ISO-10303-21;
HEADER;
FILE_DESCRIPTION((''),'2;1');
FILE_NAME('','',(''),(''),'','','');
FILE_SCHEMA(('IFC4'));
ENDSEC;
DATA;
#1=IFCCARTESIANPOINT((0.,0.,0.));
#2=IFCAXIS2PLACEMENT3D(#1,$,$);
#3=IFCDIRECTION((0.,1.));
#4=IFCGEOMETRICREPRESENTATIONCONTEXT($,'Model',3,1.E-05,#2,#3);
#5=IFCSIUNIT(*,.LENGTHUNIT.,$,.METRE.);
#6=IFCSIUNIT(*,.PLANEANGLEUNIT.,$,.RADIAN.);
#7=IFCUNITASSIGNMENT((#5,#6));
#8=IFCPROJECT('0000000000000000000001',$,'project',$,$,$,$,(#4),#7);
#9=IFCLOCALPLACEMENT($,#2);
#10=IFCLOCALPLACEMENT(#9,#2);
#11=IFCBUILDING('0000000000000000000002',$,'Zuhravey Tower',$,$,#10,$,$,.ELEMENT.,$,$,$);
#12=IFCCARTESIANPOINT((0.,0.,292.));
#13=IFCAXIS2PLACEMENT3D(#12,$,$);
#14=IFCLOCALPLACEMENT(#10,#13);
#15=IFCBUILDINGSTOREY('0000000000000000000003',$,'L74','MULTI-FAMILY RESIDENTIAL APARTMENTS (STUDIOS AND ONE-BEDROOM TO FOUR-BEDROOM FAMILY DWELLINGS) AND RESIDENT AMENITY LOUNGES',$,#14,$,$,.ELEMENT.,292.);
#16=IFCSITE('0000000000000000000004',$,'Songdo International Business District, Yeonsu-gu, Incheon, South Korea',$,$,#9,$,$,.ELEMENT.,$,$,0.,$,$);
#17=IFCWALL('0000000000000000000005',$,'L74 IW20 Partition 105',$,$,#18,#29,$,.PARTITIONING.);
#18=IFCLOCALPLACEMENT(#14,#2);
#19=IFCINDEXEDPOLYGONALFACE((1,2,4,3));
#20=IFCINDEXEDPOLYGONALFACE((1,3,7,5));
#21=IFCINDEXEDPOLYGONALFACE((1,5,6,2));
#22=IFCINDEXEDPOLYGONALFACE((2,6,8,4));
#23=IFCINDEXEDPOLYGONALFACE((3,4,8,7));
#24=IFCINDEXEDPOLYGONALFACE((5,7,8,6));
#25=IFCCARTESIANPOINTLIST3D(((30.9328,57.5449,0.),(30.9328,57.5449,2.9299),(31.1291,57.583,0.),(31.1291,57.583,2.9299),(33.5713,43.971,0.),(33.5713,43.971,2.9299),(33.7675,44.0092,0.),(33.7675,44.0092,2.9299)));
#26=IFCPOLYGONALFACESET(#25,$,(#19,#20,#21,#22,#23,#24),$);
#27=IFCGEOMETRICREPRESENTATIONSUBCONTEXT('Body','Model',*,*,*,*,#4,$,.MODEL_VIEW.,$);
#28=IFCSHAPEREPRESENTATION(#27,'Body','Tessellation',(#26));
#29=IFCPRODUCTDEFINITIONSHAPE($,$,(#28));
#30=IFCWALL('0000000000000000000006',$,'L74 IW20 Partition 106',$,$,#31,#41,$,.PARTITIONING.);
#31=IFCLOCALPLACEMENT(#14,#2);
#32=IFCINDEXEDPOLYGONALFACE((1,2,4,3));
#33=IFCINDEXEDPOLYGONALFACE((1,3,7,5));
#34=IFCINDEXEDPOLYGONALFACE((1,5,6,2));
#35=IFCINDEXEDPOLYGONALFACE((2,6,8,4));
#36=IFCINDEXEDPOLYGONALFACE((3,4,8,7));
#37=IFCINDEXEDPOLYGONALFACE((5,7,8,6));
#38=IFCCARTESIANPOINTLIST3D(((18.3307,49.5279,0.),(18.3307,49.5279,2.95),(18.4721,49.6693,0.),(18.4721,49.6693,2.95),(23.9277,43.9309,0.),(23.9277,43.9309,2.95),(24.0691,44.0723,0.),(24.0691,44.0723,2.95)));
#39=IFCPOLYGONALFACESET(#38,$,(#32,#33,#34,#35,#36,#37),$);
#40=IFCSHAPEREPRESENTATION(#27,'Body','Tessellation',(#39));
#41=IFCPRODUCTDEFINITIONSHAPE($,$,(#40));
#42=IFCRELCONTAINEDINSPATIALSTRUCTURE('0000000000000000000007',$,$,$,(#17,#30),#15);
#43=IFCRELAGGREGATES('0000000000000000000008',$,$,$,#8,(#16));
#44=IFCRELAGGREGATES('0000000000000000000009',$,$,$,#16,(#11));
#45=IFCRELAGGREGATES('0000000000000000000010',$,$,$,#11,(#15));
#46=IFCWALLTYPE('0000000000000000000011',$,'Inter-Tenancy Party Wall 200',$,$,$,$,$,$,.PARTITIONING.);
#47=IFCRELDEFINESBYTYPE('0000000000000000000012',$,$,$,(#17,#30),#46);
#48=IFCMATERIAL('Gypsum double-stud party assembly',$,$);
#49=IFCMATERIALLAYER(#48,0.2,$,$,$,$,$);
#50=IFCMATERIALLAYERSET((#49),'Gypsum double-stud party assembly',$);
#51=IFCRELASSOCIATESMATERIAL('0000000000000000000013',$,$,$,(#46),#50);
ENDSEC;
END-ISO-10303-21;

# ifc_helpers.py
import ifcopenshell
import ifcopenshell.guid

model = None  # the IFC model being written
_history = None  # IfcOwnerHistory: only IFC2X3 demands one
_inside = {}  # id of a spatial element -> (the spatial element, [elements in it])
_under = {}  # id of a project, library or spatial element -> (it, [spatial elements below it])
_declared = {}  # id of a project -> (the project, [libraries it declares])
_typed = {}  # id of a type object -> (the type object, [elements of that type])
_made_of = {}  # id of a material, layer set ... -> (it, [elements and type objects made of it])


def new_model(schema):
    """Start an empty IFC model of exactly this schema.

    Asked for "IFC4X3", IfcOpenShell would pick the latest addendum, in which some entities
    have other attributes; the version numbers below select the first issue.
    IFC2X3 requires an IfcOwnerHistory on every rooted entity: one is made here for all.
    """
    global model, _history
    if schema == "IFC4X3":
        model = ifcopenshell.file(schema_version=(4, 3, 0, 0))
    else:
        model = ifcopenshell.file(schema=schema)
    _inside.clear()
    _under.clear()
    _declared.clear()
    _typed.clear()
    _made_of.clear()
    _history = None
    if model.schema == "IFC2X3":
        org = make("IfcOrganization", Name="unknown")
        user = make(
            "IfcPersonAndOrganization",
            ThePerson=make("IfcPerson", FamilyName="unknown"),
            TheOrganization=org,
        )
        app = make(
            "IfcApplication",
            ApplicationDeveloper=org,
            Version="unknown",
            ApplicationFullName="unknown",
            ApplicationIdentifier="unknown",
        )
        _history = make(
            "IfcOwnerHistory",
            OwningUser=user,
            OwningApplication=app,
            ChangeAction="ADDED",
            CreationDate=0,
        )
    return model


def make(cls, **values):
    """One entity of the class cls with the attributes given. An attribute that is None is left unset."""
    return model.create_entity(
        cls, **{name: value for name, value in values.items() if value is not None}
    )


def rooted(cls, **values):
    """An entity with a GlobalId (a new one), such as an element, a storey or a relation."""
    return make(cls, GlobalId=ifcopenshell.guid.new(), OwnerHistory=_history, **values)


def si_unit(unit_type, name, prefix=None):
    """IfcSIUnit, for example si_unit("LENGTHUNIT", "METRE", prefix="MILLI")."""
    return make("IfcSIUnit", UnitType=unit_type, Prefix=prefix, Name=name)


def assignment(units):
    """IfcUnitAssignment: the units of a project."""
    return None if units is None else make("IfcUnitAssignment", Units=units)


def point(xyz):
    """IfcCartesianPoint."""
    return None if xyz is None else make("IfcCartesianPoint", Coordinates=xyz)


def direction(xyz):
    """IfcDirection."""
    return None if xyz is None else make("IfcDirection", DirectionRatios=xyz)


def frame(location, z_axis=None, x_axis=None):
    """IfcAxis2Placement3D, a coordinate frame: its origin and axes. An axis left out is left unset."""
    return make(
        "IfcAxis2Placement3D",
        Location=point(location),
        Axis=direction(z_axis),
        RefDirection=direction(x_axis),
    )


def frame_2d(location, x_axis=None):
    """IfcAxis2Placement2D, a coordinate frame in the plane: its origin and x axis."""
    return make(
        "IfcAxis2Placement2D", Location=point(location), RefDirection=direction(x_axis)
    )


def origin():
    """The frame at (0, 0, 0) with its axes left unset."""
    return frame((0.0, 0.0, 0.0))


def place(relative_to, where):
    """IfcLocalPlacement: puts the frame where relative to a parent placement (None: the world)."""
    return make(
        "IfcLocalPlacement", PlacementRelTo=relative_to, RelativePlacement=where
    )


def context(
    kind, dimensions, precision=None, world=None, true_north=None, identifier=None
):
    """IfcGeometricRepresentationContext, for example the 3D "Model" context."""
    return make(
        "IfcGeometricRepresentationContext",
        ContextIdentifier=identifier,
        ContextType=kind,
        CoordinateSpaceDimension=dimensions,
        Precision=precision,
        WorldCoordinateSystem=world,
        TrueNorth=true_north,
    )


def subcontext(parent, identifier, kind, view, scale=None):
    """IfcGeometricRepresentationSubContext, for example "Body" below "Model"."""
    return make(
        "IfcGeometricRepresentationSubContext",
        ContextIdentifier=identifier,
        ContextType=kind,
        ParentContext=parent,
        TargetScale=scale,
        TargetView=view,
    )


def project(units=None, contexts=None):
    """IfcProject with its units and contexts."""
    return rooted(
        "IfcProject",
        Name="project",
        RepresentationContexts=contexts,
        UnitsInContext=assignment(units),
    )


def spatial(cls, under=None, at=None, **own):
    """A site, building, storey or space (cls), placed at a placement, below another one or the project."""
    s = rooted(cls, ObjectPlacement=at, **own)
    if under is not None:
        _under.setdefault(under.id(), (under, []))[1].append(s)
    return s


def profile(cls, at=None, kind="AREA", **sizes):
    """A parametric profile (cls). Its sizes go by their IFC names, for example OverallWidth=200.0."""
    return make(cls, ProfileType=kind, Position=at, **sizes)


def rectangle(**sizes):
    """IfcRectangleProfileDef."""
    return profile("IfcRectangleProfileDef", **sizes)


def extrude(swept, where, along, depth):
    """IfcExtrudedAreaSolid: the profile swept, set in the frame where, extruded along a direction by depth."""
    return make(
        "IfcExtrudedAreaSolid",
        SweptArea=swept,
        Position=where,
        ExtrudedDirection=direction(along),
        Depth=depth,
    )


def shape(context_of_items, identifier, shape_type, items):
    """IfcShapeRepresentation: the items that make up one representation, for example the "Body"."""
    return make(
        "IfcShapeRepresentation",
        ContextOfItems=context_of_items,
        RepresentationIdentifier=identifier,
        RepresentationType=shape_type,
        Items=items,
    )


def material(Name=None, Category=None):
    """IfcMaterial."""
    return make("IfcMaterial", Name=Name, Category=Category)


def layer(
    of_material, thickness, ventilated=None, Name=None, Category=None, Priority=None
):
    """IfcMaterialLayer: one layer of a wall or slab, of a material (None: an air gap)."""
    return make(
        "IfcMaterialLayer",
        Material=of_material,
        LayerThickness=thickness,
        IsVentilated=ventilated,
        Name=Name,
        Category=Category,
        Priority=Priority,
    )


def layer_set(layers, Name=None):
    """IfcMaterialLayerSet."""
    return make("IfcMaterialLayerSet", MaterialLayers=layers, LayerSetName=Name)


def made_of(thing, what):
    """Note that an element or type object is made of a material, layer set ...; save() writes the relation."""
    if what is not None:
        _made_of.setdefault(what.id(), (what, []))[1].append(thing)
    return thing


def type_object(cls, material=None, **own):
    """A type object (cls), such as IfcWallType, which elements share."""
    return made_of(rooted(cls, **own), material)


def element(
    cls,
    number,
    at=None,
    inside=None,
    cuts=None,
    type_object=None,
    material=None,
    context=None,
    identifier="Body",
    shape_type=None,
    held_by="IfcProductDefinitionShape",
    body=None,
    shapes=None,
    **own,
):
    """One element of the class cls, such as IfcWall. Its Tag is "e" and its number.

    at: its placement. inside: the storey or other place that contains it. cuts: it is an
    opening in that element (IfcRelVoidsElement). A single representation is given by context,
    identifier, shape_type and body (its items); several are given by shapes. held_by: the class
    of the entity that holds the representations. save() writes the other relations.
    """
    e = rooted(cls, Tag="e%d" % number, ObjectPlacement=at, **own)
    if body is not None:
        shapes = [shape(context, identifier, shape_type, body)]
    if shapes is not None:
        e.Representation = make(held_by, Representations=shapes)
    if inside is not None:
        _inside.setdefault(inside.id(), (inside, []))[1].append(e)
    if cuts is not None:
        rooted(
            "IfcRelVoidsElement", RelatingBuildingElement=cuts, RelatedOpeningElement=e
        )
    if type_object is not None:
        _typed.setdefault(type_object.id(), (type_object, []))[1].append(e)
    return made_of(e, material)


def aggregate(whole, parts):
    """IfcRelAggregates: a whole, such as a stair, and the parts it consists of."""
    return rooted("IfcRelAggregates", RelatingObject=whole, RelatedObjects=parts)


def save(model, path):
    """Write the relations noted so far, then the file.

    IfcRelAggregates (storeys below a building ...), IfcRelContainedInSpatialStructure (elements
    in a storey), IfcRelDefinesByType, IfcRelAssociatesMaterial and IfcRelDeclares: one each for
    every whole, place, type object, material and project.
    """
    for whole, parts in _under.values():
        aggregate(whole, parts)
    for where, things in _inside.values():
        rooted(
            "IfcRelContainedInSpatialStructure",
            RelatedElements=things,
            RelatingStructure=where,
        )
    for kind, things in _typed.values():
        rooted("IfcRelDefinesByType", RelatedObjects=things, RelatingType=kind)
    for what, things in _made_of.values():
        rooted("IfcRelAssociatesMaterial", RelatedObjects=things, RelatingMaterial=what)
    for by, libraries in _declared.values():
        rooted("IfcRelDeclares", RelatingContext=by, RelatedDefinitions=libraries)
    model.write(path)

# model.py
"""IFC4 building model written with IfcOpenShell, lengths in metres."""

from ifc_helpers import new_model, si_unit, direction, frame, frame_2d, origin, place, context, subcontext, project, spatial, rectangle, extrude, material, layer, layer_set, type_object, element, save


model = new_model("IFC4")

# Units and contexts
model_context = context("Model", 3, precision=1e-05, world=origin(), true_north=direction((0.0, 1.0)))
body_context = subcontext(model_context, "Body", "Model", "MODEL_VIEW")
ifc_project = project(units=[si_unit("LENGTHUNIT", "METRE"), si_unit("PLANEANGLEUNIT", "RADIAN")], contexts=[model_context])

# Site, building, storey
site_placement = place(None, origin())
site = spatial("IfcSite", under=ifc_project, at=site_placement, Name="Songdo International Business District, Yeonsu-gu, Incheon, South Korea", CompositionType="ELEMENT", RefElevation=0.0)
building_placement = place(site_placement, origin())
building = spatial("IfcBuilding", under=site, at=building_placement, Name="Zuhravey Tower", CompositionType="ELEMENT")
storey_placement = place(building_placement, frame((0.0, 0.0, 292.0)))
storey = spatial("IfcBuildingStorey", under=building, at=storey_placement, Name="L74", Description="MULTI-FAMILY RESIDENTIAL APARTMENTS (STUDIOS AND ONE-BEDROOM TO FOUR-BEDROOM FAMILY DWELLINGS) AND RESIDENT AMENITY LOUNGES", CompositionType="ELEMENT", Elevation=292.0)

# Walls
ifc_material_1 = material(Name="Gypsum double-stud party assembly")
ifc_layer_1 = layer(ifc_material_1, 0.2)
ifc_layer_set_1 = layer_set([ifc_layer_1], Name="Gypsum double-stud party assembly")
wall_type_1 = type_object("IfcWallType", Name="Inter-Tenancy Party Wall 200", PredefinedType="PARTITIONING", material=ifc_layer_set_1)
wall_1_placement = place(storey_placement, frame((33.6694, 43.99, 0.0), z_axis=(0.0, 0.0, 1.0), x_axis=(-0.190806, 0.981628, 0.0)))
element("IfcWall", 1, at=wall_1_placement, inside=storey, type_object=wall_type_1, Name="L74 IW20 Partition 105", PredefinedType="PARTITIONING", context=body_context, shape_type="SweptSolid", body=[
    extrude(rectangle(XDim=13.8279, YDim=0.2, at=frame_2d((6.9141, 0.0))), origin(), (0.0, 0.0, 1.0), 2.9299),
])
wall_2_placement = place(storey_placement, frame((23.9983, 44.0017, 0.0), z_axis=(0.0, 0.0, 1.0), x_axis=(-0.707107, 0.707107, 0.0)))
element("IfcWall", 2, at=wall_2_placement, inside=storey, type_object=wall_type_1, Name="L74 IW20 Partition 106", PredefinedType="PARTITIONING", context=body_context, shape_type="SweptSolid", body=[
    extrude(rectangle(XDim=7.9153, YDim=0.2, at=frame_2d((3.9575, 0.0))), origin(), (0.0, 0.0, 1.0), 2.95),
])

save(model, "model.ifc")
